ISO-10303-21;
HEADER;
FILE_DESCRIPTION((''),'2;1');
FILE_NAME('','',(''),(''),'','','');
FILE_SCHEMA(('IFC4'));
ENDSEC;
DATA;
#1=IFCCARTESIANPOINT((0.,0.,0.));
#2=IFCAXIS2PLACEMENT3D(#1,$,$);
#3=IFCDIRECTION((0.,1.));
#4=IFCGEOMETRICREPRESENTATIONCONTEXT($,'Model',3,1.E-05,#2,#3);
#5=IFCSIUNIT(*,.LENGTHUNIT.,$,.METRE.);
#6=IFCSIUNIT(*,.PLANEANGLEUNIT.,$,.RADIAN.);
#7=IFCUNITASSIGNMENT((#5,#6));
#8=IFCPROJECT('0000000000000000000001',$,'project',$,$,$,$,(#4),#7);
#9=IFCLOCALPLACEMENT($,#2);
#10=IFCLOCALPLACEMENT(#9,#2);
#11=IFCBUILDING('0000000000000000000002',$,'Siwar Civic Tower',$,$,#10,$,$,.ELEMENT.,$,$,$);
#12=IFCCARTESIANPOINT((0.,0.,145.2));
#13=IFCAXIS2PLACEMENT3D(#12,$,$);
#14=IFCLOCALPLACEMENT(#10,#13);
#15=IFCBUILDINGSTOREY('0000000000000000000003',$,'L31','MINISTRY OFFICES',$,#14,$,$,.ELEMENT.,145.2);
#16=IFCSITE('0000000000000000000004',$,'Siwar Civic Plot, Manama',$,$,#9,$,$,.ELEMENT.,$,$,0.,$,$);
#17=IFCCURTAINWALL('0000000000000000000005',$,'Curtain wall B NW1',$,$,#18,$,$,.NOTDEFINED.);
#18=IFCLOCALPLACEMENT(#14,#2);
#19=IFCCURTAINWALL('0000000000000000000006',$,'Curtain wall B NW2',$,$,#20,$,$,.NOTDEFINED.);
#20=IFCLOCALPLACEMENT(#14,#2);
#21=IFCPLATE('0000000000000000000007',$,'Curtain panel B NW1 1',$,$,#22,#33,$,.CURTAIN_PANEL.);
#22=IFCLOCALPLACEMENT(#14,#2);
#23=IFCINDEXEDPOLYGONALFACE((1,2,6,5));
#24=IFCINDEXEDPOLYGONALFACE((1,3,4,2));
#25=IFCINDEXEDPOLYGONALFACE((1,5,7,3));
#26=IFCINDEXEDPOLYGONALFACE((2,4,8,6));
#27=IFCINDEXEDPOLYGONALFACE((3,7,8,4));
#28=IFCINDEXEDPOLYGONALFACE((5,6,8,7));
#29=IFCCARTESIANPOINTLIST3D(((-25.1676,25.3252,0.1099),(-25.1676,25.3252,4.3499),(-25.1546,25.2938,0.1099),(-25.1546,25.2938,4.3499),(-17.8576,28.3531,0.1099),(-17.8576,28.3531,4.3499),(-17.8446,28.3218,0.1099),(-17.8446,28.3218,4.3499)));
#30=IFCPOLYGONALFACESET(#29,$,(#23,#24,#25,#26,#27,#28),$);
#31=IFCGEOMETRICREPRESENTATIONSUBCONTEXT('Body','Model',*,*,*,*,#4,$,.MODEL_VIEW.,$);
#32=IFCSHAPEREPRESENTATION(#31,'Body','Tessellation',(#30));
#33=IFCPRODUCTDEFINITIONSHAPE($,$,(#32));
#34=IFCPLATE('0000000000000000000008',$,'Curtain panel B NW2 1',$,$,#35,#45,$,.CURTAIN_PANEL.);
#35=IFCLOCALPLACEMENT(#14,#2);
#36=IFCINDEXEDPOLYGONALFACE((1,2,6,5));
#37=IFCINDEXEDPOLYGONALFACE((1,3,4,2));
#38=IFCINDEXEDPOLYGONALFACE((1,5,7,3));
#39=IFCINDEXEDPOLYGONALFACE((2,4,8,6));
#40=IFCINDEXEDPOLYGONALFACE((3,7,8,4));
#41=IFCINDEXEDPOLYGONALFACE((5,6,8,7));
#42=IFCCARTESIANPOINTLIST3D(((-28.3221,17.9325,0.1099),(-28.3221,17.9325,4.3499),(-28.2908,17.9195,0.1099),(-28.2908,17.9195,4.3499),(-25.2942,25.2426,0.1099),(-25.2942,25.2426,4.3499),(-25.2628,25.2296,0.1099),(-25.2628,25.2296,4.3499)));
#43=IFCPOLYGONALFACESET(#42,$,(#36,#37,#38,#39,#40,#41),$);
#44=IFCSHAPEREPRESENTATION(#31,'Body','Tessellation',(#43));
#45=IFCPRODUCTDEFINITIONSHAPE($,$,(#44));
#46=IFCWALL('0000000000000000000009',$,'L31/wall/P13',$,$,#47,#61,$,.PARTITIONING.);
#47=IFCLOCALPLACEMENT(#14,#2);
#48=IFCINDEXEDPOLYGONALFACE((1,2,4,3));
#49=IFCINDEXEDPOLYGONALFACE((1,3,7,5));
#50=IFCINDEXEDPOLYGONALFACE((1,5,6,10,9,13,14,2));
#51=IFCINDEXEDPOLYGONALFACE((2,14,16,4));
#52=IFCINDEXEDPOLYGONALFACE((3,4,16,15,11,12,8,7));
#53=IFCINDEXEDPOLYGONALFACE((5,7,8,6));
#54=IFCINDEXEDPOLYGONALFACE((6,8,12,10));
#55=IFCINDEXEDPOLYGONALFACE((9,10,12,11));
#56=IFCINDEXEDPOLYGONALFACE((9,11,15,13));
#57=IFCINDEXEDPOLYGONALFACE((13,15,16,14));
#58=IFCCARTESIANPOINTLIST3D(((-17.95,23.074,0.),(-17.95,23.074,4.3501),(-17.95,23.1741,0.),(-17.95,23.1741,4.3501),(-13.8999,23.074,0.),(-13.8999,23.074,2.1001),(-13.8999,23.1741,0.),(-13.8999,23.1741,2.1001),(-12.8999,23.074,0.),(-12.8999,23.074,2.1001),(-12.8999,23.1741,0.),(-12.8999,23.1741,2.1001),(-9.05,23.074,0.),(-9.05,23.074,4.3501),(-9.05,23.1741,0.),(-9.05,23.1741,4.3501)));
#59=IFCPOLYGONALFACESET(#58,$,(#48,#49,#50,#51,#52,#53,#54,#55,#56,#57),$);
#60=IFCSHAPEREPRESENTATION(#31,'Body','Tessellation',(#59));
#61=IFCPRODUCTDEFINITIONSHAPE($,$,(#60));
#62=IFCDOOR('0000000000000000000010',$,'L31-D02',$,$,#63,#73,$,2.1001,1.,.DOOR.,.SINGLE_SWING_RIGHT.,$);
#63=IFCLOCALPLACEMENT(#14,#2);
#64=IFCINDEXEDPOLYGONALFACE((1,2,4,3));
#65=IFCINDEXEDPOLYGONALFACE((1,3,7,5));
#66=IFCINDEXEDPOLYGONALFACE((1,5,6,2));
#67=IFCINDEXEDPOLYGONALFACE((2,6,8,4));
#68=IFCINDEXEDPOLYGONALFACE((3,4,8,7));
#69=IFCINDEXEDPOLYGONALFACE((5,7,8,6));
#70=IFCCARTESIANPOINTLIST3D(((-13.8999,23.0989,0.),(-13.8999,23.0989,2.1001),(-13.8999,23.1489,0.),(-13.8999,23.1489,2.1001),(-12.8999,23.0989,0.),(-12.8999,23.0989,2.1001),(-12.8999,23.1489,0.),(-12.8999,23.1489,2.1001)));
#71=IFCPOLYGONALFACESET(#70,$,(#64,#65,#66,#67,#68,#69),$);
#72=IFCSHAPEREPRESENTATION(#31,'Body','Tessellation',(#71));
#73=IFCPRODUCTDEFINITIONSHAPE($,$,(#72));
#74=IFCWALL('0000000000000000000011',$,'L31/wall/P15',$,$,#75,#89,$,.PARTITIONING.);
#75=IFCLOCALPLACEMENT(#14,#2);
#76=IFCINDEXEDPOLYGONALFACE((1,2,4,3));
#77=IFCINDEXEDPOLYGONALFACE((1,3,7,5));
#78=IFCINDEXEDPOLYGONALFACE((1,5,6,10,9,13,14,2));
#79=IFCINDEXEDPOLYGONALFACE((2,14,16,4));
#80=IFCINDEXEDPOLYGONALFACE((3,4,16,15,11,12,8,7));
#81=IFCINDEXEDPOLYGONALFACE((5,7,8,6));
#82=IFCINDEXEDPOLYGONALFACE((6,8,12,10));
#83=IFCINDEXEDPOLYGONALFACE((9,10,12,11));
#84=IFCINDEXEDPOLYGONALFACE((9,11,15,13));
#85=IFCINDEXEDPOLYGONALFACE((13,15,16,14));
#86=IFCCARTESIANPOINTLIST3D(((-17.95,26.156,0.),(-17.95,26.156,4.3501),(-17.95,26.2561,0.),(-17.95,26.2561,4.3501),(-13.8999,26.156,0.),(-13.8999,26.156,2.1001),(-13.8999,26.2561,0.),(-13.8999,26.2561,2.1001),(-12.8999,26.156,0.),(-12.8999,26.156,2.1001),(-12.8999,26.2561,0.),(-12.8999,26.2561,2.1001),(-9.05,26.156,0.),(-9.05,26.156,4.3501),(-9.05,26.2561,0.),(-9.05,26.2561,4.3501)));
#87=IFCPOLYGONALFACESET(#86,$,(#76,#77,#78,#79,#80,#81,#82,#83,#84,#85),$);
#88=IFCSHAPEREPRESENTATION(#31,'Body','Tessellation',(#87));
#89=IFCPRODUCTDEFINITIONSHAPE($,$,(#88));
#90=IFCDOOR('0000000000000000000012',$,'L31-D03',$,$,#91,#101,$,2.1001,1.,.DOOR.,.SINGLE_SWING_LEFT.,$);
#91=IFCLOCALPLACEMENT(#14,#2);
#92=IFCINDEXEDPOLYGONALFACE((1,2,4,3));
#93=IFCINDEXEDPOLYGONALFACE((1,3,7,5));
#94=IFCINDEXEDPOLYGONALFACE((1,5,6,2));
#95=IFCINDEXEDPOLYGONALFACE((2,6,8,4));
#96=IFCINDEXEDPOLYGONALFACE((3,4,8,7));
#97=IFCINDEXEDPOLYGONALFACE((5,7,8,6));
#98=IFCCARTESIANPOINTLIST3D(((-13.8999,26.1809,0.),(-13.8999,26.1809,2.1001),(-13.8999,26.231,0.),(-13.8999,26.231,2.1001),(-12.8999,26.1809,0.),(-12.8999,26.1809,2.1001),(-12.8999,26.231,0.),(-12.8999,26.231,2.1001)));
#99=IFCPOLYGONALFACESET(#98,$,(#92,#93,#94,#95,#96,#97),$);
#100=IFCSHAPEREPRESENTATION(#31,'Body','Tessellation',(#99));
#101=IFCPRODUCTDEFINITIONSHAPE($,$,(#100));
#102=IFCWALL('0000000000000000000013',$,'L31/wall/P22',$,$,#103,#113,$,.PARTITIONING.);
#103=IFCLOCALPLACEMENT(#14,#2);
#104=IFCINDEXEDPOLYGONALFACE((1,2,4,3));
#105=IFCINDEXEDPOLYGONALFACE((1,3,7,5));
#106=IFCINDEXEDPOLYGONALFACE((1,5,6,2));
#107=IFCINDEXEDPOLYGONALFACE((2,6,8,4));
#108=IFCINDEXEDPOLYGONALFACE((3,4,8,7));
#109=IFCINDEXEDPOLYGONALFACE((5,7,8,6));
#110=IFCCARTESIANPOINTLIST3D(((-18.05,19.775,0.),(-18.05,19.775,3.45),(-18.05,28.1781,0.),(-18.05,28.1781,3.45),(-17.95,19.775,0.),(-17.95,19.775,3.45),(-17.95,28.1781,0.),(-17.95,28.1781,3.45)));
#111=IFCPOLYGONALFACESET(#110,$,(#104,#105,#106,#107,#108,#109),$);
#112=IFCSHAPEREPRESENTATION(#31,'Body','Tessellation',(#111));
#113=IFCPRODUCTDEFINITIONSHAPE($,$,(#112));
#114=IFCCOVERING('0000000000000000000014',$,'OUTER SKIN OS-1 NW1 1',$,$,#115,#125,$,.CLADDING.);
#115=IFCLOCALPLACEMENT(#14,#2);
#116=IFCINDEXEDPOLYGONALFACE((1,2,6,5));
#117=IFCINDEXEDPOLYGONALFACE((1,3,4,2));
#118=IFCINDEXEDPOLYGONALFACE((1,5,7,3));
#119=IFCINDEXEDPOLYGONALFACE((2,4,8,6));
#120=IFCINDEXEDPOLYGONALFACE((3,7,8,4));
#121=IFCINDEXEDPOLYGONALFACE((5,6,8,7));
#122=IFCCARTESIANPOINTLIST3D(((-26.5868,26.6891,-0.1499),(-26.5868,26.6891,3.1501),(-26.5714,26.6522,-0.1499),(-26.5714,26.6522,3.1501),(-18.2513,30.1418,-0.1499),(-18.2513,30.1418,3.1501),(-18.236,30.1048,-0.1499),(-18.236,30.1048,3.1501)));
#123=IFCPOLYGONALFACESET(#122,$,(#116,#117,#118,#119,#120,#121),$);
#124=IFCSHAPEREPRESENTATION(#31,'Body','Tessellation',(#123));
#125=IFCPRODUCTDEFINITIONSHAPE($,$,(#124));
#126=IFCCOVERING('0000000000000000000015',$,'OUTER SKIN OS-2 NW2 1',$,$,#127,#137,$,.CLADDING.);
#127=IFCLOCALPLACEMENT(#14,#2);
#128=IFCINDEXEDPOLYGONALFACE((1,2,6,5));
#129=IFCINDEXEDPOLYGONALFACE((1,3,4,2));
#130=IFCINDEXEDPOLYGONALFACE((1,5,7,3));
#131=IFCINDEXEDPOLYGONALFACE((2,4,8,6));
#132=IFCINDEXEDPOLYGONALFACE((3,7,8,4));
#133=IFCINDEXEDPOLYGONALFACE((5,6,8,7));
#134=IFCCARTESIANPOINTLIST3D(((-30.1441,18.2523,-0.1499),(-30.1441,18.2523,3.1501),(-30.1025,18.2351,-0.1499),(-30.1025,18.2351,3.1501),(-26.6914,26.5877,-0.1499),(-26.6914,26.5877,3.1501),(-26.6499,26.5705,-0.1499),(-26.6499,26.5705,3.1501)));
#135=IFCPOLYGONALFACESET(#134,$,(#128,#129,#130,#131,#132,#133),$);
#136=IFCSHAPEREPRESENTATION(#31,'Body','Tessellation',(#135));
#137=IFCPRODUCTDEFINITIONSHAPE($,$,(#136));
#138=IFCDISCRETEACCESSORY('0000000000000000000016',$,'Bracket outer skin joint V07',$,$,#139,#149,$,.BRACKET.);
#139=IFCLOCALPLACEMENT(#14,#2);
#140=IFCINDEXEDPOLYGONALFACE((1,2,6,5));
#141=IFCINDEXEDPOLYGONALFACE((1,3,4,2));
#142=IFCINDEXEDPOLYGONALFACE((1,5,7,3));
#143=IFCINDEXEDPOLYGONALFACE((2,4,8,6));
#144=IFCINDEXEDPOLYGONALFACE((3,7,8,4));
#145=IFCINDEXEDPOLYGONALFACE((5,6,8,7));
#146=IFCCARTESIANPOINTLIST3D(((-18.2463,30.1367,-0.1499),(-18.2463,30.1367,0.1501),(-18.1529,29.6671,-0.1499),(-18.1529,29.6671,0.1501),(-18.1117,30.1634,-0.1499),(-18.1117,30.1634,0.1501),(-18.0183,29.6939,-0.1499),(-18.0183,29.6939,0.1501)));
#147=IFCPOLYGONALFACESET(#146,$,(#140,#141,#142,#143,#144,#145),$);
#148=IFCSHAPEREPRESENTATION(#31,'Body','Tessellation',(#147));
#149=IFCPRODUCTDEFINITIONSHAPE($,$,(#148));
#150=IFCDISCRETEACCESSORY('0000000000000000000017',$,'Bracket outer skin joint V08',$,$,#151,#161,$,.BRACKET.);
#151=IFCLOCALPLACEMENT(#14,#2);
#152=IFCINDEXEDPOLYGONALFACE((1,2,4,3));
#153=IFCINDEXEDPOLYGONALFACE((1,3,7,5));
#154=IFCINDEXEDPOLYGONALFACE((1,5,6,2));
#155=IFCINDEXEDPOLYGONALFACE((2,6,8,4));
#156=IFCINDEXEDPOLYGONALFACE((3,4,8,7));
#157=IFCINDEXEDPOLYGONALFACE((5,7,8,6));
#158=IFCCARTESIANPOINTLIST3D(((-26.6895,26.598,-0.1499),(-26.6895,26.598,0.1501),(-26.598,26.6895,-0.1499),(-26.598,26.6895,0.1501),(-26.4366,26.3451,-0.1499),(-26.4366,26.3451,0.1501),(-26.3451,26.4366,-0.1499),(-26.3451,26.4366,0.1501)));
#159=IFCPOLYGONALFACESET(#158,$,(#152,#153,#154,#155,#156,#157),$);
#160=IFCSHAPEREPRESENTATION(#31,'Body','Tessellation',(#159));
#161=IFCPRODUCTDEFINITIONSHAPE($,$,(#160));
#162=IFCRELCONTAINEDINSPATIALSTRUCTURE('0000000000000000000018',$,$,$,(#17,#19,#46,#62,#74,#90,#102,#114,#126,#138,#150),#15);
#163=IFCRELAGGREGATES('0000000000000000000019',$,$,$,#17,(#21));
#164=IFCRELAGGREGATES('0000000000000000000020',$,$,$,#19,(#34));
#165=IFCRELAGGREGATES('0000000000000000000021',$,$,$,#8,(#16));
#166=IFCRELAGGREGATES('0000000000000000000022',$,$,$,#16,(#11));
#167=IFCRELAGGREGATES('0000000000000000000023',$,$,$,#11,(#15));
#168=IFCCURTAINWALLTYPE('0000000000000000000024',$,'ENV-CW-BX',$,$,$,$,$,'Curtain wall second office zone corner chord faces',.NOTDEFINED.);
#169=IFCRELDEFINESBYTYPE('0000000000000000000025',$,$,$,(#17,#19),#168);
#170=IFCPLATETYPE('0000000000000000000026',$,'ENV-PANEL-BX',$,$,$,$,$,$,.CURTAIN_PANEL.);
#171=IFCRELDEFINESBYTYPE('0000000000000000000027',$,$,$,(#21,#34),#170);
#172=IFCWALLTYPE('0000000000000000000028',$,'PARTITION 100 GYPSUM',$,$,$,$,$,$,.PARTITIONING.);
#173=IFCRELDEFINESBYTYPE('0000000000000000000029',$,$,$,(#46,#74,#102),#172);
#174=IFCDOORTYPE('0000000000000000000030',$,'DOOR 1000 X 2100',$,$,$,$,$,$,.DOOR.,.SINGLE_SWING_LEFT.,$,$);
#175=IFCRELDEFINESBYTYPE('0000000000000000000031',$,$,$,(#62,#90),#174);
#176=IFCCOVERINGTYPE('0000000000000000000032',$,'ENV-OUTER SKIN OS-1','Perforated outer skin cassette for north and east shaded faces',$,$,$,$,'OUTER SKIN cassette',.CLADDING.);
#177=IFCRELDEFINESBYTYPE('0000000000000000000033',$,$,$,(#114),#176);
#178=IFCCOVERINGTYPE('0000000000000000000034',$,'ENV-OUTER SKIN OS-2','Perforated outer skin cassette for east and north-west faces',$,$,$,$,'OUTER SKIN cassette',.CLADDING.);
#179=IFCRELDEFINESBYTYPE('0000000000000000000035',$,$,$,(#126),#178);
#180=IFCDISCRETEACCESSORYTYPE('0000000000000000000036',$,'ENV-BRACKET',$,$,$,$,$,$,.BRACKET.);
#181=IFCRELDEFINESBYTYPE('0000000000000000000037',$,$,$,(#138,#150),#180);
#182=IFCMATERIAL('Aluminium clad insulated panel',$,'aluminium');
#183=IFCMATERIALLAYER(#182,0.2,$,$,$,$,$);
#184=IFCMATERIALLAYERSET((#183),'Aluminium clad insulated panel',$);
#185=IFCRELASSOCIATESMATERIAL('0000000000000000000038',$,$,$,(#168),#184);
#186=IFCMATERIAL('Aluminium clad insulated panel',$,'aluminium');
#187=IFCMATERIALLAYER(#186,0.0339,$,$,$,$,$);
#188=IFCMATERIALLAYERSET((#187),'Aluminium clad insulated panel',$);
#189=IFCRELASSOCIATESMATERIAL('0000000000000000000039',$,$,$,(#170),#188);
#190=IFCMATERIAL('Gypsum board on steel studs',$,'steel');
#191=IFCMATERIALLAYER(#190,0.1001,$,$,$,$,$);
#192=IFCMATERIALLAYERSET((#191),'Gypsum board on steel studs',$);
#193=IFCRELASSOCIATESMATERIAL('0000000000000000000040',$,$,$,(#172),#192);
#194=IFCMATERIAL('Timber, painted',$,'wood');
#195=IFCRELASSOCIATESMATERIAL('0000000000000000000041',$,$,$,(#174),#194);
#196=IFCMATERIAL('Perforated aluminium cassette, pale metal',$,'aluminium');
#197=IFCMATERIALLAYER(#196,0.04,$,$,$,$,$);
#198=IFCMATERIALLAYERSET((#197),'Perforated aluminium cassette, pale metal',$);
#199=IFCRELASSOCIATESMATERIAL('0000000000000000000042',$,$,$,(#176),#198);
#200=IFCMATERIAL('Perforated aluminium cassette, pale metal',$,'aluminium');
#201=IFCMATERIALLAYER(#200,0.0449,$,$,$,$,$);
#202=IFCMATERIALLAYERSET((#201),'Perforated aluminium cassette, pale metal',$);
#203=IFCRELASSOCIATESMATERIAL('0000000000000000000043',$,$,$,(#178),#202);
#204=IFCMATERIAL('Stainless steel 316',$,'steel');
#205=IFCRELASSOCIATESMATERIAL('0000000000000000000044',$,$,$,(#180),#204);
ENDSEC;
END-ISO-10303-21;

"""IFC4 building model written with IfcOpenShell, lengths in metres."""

from ifc_helpers import new_model, si_unit, direction, frame, frame_2d, origin, origin_2d, place, context, subcontext, project, spatial, rectangle, extrude, material, layer, layer_set, type_object, element, fill, aggregate, save


model = new_model("IFC4")

# Units and contexts
model_context = context("Model", 3, precision=1e-05, world=origin(), true_north=direction((0.0, 1.0)))
body_context = subcontext(model_context, "Body", "Model", "MODEL_VIEW")
ifc_project = project(units=[si_unit("LENGTHUNIT", "METRE"), si_unit("PLANEANGLEUNIT", "RADIAN")], contexts=[model_context])

# Site, building, storey
site_placement = place(None, origin())
site = spatial("IfcSite", under=ifc_project, at=site_placement, Name="Siwar Civic Plot, Manama", CompositionType="ELEMENT", RefElevation=0.0)
building_placement = place(site_placement, origin())
building = spatial("IfcBuilding", under=site, at=building_placement, Name="Siwar Civic Tower", CompositionType="ELEMENT")
storey_placement = place(building_placement, frame((0.0, 0.0, 145.2)))
storey = spatial("IfcBuildingStorey", under=building, at=storey_placement, Name="L31", Description="MINISTRY OFFICES", CompositionType="ELEMENT", Elevation=145.2)

# Curtain walls
ifc_material_1 = material(Name="Aluminium clad insulated panel", Category="aluminium")
ifc_layer_1 = layer(ifc_material_1, 0.2)
ifc_layer_set_1 = layer_set([ifc_layer_1], Name="Aluminium clad insulated panel")
curtain_wall_type = type_object("IfcCurtainWallType", Name="ENV-CW-BX", ElementType="Curtain wall second office zone corner chord faces", PredefinedType="NOTDEFINED", material=ifc_layer_set_1)
curtain_wall_1_placement = place(storey_placement, origin())
curtain_wall_1 = element("IfcCurtainWall", 1, at=curtain_wall_1_placement, inside=storey, type_object=curtain_wall_type, Name="Curtain wall B NW1", PredefinedType="NOTDEFINED")
curtain_wall_2_placement = place(storey_placement, origin())
curtain_wall_2 = element("IfcCurtainWall", 2, at=curtain_wall_2_placement, inside=storey, type_object=curtain_wall_type, Name="Curtain wall B NW2", PredefinedType="NOTDEFINED")

# Plates
ifc_material_2 = material(Name="Aluminium clad insulated panel", Category="aluminium")
ifc_layer_2 = layer(ifc_material_2, 0.0339)
ifc_layer_set_2 = layer_set([ifc_layer_2], Name="Aluminium clad insulated panel")
plate_type = type_object("IfcPlateType", Name="ENV-PANEL-BX", PredefinedType="CURTAIN_PANEL", material=ifc_layer_set_2)
plate_1_placement = place(storey_placement, frame((-21.5061, 26.8235, 0.1099), z_axis=(0.0, 0.0, 1.0), x_axis=(-0.92388, -0.382683, 0.0)))
plate_1 = element("IfcPlate", 3, at=plate_1_placement, type_object=plate_type, Name="Curtain panel B NW1 1", PredefinedType="CURTAIN_PANEL", context=body_context, shape_type="SweptSolid", body=[
    extrude(rectangle(XDim=7.9124, YDim=0.0339, at=origin_2d()), origin(), (0.0, 0.0, 1.0), 4.24),
])
aggregate(curtain_wall_1, [plate_1])
plate_2_placement = place(storey_placement, frame((-26.7925, 21.5811, 0.1099), z_axis=(0.0, 0.0, 1.0), x_axis=(-0.382683, -0.92388, 0.0)))
plate_2 = element("IfcPlate", 4, at=plate_2_placement, type_object=plate_type, Name="Curtain panel B NW2 1", PredefinedType="CURTAIN_PANEL", context=body_context, shape_type="SweptSolid", body=[
    extrude(rectangle(XDim=7.9124, YDim=0.0339, at=origin_2d()), origin(), (0.0, 0.0, 1.0), 4.24),
])
aggregate(curtain_wall_2, [plate_2])

# Walls, openings, doors
ifc_material_3 = material(Name="Gypsum board on steel studs", Category="steel")
ifc_layer_3 = layer(ifc_material_3, 0.1001)
ifc_layer_set_3 = layer_set([ifc_layer_3], Name="Gypsum board on steel studs")
wall_type = type_object("IfcWallType", Name="PARTITION 100 GYPSUM", PredefinedType="PARTITIONING", material=ifc_layer_set_3)
wall_1_placement = place(storey_placement, frame((-17.95, 23.124, 0.0), z_axis=(0.0, 0.0, 1.0), x_axis=(1.0, 0.0, 0.0)))
wall_1 = element("IfcWall", 5, at=wall_1_placement, inside=storey, type_object=wall_type, Name="L31/wall/P13", PredefinedType="PARTITIONING", context=body_context, shape_type="SweptSolid", body=[
    extrude(rectangle(XDim=8.8999, YDim=0.1001, at=frame_2d((4.45, 0.0))), origin(), (0.0, 0.0, 1.0), 4.3501),
])
opening_1_placement = place(wall_1_placement, frame((4.05, 0.0, 0.0)))
opening_1 = element("IfcOpeningElement", 6, at=opening_1_placement, cuts=wall_1, PredefinedType="OPENING", context=body_context, shape_type="SweptSolid", body=[
    extrude(rectangle(XDim=1.0, YDim=2.1001, at=frame_2d((0.5, 1.05))), frame((0.0, 0.0601, 0.0), z_axis=(0.0, -1.0, 0.0), x_axis=(1.0, 0.0, 0.0)), (0.0, 0.0, 1.0), 0.1201),
])
ifc_material_4 = material(Name="Timber, painted", Category="wood")
door_type = type_object("IfcDoorType", Name="DOOR 1000 X 2100", OperationType="SINGLE_SWING_LEFT", PredefinedType="DOOR", material=ifc_material_4)
door_1_placement = place(opening_1_placement, origin())
door_1 = element("IfcDoor", 7, at=door_1_placement, inside=storey, type_object=door_type, Name="L31-D02", OperationType="SINGLE_SWING_RIGHT", OverallHeight=2.1001, OverallWidth=1.0, PredefinedType="DOOR", context=body_context, shape_type="SweptSolid", body=[
    extrude(rectangle(XDim=1.0, YDim=2.1001, at=frame_2d((0.5, 1.05))), frame((0.0, 0.0249, 0.0), z_axis=(0.0, -1.0, 0.0), x_axis=(1.0, 0.0, 0.0)), (0.0, 0.0, 1.0), 0.05),
])
fill(opening_1, door_1)
wall_2_placement = place(storey_placement, frame((-17.95, 26.2061, 0.0), z_axis=(0.0, 0.0, 1.0), x_axis=(1.0, 0.0, 0.0)))
wall_2 = element("IfcWall", 8, at=wall_2_placement, inside=storey, type_object=wall_type, Name="L31/wall/P15", PredefinedType="PARTITIONING", context=body_context, shape_type="SweptSolid", body=[
    extrude(rectangle(XDim=8.8999, YDim=0.1001, at=frame_2d((4.45, 0.0))), origin(), (0.0, 0.0, 1.0), 4.3501),
])
opening_2_placement = place(wall_2_placement, frame((4.05, 0.0, 0.0)))
opening_2 = element("IfcOpeningElement", 9, at=opening_2_placement, cuts=wall_2, PredefinedType="OPENING", context=body_context, shape_type="SweptSolid", body=[
    extrude(rectangle(XDim=1.0, YDim=2.1001, at=frame_2d((0.5, 1.05))), frame((0.0, 0.0601, 0.0), z_axis=(0.0, -1.0, 0.0), x_axis=(1.0, 0.0, 0.0)), (0.0, 0.0, 1.0), 0.1201),
])
door_2_placement = place(opening_2_placement, origin())
door_2 = element("IfcDoor", 10, at=door_2_placement, inside=storey, type_object=door_type, Name="L31-D03", OperationType="SINGLE_SWING_LEFT", OverallHeight=2.1001, OverallWidth=1.0, PredefinedType="DOOR", context=body_context, shape_type="SweptSolid", body=[
    extrude(rectangle(XDim=1.0, YDim=2.1001, at=frame_2d((0.5, 1.05))), frame((0.0, 0.0249, 0.0), z_axis=(0.0, -1.0, 0.0), x_axis=(1.0, 0.0, 0.0)), (0.0, 0.0, 1.0), 0.05),
])
fill(opening_2, door_2)

# Wall
wall_3_placement = place(storey_placement, frame((-18.0, 19.7749, 0.0), z_axis=(0.0, 0.0, 1.0), x_axis=(0.0, 1.0, 0.0)))
element("IfcWall", 11, at=wall_3_placement, inside=storey, type_object=wall_type, Name="L31/wall/P22", PredefinedType="PARTITIONING", context=body_context, shape_type="SweptSolid", body=[
    extrude(rectangle(XDim=8.4031, YDim=0.1001, at=frame_2d((4.2017, 0.0))), origin(), (0.0, 0.0, 1.0), 3.45),
])

# Coverings
ifc_material_5 = material(Name="Perforated aluminium cassette, pale metal", Category="aluminium")
ifc_layer_4 = layer(ifc_material_5, 0.04)
ifc_layer_set_4 = layer_set([ifc_layer_4], Name="Perforated aluminium cassette, pale metal")
covering_type_1 = type_object("IfcCoveringType", Name="ENV-OUTER SKIN OS-1", Description="Perforated outer skin cassette for north and east shaded faces", ElementType="OUTER SKIN cassette", PredefinedType="CLADDING", material=ifc_layer_set_4)
covering_1_placement = place(storey_placement, frame((-22.4114, 28.397, -0.1499), z_axis=(0.0, 0.0, 1.0), x_axis=(-0.92388, -0.382683, 0.0)))
element("IfcCovering", 12, at=covering_1_placement, inside=storey, type_object=covering_type_1, Name="OUTER SKIN OS-1 NW1 1", PredefinedType="CLADDING", context=body_context, shape_type="SweptSolid", body=[
    extrude(rectangle(XDim=9.0222, YDim=0.04, at=origin_2d()), origin(), (0.0, 0.0, 1.0), 3.3),
])
ifc_material_6 = material(Name="Perforated aluminium cassette, pale metal", Category="aluminium")
ifc_layer_5 = layer(ifc_material_6, 0.0449)
ifc_layer_set_5 = layer_set([ifc_layer_5], Name="Perforated aluminium cassette, pale metal")
covering_type_2 = type_object("IfcCoveringType", Name="ENV-OUTER SKIN OS-2", Description="Perforated outer skin cassette for east and north-west faces", ElementType="OUTER SKIN cassette", PredefinedType="CLADDING", material=ifc_layer_set_5)
covering_2_placement = place(storey_placement, frame((-28.397, 22.4114, -0.1499), z_axis=(0.0, 0.0, 1.0), x_axis=(-0.382683, -0.92388, 0.0)))
element("IfcCovering", 13, at=covering_2_placement, inside=storey, type_object=covering_type_2, Name="OUTER SKIN OS-2 NW2 1", PredefinedType="CLADDING", context=body_context, shape_type="SweptSolid", body=[
    extrude(rectangle(XDim=9.0222, YDim=0.0449, at=origin_2d()), origin(), (0.0, 0.0, 1.0), 3.3),
])

# Discrete accessories
ifc_material_7 = material(Name="Stainless steel 316", Category="steel")
discrete_accessory_type = type_object("IfcDiscreteAccessoryType", Name="ENV-BRACKET", PredefinedType="BRACKET", material=ifc_material_7)
discrete_accessory_1_placement = place(storey_placement, frame((-18.1323, 29.9153, -0.1499), z_axis=(0.0, 0.0, 1.0), x_axis=(-0.19509, 0.980785, 0.0)))
element("IfcDiscreteAccessory", 14, at=discrete_accessory_1_placement, inside=storey, type_object=discrete_accessory_type, Name="Bracket outer skin joint V07", PredefinedType="BRACKET", context=body_context, shape_type="SweptSolid", body=[
    extrude(rectangle(XDim=0.4788, YDim=0.1372, at=origin_2d()), origin(), (0.0, 0.0, 1.0), 0.3),
])
discrete_accessory_2_placement = place(storey_placement, frame((-26.5173, 26.5173, -0.1499), z_axis=(0.0, 0.0, 1.0), x_axis=(-0.707107, 0.707107, 0.0)))
element("IfcDiscreteAccessory", 15, at=discrete_accessory_2_placement, inside=storey, type_object=discrete_accessory_type, Name="Bracket outer skin joint V08", PredefinedType="BRACKET", context=body_context, shape_type="SweptSolid", body=[
    extrude(rectangle(XDim=0.3577, YDim=0.1294, at=origin_2d()), origin(), (0.0, 0.0, 1.0), 0.3),
])

save(model, "model.ifc")
